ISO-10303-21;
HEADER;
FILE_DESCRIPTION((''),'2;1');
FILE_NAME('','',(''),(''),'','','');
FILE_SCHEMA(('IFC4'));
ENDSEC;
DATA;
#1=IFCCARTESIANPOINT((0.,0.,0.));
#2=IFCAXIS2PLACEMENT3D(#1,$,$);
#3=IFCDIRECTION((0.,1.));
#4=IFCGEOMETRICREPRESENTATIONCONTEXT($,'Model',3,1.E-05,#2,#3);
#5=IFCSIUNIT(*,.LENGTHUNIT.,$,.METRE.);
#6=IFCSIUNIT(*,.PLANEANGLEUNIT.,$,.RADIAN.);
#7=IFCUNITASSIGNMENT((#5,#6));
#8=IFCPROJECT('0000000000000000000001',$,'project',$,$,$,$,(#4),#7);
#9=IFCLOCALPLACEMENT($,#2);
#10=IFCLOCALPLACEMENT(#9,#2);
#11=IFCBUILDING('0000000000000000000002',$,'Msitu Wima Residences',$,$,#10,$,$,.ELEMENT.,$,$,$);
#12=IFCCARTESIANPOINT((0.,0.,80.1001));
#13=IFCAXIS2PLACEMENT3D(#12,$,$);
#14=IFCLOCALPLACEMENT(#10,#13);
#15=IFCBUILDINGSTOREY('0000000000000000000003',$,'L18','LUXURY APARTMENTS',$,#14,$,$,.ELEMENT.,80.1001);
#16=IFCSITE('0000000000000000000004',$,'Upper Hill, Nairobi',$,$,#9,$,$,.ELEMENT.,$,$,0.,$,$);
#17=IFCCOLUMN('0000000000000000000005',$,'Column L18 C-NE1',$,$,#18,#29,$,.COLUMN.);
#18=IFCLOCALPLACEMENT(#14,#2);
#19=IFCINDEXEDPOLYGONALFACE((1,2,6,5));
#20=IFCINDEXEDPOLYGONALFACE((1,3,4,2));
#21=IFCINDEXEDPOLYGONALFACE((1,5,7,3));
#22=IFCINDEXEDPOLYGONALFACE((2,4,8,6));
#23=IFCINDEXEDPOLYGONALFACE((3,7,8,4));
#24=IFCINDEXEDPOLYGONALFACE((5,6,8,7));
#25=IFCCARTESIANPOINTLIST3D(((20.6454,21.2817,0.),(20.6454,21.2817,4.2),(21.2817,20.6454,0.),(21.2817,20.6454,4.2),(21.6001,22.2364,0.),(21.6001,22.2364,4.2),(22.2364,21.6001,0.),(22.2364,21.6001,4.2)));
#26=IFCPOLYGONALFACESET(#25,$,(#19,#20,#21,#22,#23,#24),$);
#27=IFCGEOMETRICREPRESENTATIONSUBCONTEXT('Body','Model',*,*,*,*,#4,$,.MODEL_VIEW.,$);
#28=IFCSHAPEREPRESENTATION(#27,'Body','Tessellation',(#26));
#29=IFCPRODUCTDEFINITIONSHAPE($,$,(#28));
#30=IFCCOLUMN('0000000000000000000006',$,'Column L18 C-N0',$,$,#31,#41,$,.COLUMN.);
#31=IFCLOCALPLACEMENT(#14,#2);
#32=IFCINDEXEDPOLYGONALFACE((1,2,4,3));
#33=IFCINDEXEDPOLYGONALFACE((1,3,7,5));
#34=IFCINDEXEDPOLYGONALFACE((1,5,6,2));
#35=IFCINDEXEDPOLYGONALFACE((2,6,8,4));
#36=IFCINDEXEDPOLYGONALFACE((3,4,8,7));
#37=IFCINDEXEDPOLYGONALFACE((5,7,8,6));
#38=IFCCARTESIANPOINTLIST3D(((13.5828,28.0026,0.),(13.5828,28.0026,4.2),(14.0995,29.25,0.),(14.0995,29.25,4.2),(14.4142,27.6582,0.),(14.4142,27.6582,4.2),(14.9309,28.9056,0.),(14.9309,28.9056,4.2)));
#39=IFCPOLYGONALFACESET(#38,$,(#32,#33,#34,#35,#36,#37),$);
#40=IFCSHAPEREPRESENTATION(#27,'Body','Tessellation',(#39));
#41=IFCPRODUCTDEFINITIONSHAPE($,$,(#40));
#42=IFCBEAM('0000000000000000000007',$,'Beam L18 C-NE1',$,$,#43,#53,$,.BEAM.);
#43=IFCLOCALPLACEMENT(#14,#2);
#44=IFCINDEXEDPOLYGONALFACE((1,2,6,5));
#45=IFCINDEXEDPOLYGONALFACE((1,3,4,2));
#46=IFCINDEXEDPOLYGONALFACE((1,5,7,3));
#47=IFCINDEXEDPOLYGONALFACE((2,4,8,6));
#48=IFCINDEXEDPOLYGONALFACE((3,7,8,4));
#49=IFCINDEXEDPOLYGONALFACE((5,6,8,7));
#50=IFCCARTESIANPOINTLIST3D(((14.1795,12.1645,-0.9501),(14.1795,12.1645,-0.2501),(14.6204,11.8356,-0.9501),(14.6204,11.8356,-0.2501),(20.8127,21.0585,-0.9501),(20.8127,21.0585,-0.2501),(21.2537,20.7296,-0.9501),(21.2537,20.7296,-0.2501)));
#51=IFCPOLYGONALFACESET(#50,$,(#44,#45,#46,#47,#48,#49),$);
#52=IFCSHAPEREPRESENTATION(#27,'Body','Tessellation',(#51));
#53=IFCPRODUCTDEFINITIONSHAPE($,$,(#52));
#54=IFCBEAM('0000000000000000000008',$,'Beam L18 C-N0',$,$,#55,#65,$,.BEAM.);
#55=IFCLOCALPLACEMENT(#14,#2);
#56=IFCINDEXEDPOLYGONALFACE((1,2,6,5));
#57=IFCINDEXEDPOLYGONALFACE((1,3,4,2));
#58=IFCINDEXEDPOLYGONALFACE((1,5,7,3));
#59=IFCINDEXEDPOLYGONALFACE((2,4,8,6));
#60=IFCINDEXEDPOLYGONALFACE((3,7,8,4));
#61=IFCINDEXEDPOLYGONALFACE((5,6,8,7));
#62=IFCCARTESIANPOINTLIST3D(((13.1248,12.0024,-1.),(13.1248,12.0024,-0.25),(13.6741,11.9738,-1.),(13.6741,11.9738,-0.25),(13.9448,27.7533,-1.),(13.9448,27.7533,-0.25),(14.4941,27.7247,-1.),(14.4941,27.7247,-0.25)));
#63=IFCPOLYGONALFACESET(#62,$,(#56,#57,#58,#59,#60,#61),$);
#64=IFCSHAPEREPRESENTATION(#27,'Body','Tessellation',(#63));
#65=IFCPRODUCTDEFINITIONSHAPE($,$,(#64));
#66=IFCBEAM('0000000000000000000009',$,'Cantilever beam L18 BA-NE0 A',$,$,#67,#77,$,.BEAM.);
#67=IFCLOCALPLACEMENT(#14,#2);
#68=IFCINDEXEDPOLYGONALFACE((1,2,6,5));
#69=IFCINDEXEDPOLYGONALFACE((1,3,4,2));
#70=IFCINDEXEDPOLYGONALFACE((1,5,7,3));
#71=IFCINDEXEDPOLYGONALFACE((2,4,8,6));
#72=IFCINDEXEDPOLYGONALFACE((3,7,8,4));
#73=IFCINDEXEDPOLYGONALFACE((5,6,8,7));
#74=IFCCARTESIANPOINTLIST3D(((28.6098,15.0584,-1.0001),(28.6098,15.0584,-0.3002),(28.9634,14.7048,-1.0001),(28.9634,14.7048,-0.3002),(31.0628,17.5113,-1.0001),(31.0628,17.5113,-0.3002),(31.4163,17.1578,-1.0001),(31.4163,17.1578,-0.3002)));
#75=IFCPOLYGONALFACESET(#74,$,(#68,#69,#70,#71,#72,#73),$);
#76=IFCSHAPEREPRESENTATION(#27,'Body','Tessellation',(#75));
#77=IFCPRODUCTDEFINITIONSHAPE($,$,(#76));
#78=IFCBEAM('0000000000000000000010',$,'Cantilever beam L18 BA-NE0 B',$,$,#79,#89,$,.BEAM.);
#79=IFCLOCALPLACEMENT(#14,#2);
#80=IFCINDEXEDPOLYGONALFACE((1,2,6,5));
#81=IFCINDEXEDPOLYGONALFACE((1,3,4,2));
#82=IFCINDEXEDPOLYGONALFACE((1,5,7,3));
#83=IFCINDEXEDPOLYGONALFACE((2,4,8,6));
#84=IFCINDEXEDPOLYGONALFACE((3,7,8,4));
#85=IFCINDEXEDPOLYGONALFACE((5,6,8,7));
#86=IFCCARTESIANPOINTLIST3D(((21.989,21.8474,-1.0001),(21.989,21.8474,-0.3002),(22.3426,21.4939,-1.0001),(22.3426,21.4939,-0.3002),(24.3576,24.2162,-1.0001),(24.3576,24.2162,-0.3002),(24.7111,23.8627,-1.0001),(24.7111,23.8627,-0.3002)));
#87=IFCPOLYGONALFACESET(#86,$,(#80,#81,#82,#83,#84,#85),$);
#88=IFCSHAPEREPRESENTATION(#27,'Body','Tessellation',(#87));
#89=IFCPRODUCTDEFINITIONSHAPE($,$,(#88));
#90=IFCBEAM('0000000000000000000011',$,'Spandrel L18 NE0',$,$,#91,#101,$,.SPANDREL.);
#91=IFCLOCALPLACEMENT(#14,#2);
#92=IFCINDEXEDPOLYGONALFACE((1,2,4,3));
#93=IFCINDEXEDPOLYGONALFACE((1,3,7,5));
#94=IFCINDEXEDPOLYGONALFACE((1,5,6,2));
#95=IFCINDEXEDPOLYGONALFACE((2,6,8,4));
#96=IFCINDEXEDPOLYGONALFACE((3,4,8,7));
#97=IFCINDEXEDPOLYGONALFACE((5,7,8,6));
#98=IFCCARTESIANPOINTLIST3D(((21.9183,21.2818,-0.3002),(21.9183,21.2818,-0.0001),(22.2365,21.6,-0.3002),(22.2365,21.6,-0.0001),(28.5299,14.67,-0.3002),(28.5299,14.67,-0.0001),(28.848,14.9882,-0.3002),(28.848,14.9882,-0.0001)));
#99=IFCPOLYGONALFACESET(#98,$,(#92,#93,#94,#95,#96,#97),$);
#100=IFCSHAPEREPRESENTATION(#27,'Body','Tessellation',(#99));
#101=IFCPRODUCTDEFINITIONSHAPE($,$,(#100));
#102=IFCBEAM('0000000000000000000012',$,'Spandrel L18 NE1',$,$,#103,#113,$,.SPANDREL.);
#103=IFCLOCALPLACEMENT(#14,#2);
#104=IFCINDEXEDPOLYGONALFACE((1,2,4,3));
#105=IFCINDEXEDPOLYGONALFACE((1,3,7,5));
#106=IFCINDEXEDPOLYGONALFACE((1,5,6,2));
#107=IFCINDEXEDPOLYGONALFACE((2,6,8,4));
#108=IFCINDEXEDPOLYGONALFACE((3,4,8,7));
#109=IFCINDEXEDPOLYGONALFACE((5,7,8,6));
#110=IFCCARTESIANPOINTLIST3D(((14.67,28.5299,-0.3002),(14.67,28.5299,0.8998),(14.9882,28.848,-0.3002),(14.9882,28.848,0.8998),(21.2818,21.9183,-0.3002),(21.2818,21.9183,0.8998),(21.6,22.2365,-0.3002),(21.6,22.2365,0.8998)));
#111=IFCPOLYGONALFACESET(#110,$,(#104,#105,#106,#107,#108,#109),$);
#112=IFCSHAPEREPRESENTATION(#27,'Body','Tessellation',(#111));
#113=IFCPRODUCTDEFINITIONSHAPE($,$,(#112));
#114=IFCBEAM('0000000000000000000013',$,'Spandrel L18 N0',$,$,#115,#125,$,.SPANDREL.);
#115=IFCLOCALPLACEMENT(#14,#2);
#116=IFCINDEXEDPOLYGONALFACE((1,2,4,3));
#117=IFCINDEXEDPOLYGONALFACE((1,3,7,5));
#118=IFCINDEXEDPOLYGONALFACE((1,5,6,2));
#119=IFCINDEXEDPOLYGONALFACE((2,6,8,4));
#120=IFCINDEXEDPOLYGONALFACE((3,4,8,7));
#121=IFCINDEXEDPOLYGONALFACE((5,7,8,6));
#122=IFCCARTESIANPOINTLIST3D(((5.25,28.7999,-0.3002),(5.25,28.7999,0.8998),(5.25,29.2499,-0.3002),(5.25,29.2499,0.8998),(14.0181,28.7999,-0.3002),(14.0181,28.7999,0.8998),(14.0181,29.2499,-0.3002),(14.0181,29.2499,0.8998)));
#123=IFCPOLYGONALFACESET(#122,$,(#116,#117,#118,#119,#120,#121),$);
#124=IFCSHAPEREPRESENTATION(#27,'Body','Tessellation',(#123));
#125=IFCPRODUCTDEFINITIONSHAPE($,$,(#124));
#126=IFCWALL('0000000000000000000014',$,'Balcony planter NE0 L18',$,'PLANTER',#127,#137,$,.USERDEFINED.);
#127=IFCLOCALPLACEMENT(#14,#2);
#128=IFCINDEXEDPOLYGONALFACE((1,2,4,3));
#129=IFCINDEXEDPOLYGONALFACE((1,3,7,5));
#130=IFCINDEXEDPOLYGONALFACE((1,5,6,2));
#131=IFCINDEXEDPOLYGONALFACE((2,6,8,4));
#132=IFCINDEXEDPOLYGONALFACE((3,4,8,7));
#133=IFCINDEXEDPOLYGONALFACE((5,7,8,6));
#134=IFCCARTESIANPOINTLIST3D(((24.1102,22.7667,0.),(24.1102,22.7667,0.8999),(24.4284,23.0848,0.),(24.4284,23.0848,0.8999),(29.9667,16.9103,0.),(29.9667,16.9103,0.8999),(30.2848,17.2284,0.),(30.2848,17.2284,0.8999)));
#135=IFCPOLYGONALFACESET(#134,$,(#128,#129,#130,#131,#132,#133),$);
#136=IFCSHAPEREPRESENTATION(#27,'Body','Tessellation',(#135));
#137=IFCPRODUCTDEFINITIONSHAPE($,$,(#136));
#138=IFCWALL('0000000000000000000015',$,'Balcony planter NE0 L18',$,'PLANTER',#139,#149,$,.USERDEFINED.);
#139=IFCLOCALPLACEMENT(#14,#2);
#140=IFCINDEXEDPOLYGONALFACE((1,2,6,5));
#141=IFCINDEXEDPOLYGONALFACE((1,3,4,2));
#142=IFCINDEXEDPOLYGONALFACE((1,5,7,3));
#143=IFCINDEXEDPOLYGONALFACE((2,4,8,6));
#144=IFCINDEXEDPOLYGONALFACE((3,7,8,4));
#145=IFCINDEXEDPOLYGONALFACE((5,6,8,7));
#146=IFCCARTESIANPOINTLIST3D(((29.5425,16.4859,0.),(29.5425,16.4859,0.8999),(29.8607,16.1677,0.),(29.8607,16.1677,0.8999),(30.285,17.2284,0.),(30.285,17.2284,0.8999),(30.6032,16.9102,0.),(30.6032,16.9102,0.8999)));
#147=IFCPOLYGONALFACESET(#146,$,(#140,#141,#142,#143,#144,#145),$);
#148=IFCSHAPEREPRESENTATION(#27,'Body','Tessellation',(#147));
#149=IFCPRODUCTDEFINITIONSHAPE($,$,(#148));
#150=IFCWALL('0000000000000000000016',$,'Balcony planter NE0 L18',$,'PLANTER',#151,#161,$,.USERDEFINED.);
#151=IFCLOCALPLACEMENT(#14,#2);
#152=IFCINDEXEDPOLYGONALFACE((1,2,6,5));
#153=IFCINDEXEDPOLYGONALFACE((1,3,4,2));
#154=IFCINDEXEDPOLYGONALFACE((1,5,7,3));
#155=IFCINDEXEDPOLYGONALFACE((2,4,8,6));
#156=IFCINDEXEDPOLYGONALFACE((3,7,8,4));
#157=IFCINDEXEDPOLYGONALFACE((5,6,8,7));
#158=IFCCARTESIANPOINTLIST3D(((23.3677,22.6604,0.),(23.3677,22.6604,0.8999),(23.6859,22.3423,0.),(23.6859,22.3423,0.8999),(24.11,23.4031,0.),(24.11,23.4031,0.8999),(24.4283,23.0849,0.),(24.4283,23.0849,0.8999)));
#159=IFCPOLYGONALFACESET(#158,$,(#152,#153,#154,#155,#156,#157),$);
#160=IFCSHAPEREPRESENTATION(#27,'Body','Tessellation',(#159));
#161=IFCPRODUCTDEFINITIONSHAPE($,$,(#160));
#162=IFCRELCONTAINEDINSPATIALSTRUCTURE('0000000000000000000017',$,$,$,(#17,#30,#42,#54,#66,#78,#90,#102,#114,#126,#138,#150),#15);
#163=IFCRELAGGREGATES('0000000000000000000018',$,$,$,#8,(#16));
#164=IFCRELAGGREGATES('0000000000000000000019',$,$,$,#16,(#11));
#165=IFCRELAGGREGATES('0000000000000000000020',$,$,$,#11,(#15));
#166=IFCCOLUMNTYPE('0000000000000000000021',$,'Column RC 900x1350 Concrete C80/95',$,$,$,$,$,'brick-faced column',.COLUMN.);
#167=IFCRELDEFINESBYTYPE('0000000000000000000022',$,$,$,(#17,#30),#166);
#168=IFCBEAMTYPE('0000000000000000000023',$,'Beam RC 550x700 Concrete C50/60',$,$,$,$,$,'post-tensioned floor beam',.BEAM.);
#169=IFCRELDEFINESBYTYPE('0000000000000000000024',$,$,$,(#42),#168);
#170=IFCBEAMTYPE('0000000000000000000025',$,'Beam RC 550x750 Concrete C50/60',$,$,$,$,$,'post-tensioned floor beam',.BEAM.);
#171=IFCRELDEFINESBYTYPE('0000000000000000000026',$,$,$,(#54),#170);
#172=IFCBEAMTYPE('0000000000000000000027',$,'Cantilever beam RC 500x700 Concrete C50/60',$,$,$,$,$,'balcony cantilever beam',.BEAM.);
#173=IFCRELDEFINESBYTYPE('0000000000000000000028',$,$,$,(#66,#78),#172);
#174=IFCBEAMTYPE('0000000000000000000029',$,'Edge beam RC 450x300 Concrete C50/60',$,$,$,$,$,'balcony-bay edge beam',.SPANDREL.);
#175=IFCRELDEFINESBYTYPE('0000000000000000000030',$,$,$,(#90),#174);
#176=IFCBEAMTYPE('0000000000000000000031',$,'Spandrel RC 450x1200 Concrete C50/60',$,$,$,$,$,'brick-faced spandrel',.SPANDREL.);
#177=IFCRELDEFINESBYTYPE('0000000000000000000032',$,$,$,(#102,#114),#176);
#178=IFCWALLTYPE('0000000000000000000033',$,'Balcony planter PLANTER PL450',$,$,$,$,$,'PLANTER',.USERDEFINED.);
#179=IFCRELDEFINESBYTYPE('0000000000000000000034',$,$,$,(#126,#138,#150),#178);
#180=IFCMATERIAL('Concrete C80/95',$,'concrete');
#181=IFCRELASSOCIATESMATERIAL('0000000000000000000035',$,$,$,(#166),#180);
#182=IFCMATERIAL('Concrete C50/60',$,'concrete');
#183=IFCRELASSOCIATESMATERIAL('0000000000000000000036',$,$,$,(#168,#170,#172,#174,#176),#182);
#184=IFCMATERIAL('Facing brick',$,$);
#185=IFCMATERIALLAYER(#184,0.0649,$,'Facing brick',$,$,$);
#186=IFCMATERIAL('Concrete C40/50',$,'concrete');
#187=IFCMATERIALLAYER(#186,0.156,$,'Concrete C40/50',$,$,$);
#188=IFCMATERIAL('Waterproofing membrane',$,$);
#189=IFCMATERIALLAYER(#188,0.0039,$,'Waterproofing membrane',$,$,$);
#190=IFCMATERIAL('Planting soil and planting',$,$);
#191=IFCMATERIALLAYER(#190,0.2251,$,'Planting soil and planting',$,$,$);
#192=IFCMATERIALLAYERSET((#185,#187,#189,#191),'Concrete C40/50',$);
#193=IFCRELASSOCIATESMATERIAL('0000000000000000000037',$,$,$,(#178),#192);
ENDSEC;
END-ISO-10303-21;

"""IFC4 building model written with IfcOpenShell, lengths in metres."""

from ifc_helpers import new_model, si_unit, direction, frame, frame_2d, origin, origin_2d, place, context, subcontext, project, spatial, rectangle, extrude, material, layer, layer_set, material_profile, profile_set, type_object, element, save


model = new_model("IFC4")

# Units and contexts
model_context = context("Model", 3, precision=1e-05, world=origin(), true_north=direction((0.0, 1.0)))
body_context = subcontext(model_context, "Body", "Model", "MODEL_VIEW")
ifc_project = project(units=[si_unit("LENGTHUNIT", "METRE"), si_unit("PLANEANGLEUNIT", "RADIAN")], contexts=[model_context])

# Site, building, storey
site_placement = place(None, origin())
site = spatial("IfcSite", under=ifc_project, at=site_placement, Name="Upper Hill, Nairobi", CompositionType="ELEMENT", RefElevation=0.0)
building_placement = place(site_placement, origin())
building = spatial("IfcBuilding", under=site, at=building_placement, Name="Msitu Wima Residences", CompositionType="ELEMENT")
storey_placement = place(building_placement, frame((0.0, 0.0, 80.1001)))
storey = spatial("IfcBuildingStorey", under=building, at=storey_placement, Name="L18", Description="LUXURY APARTMENTS", CompositionType="ELEMENT", Elevation=80.1001)

# Columns
ifc_material_1 = material(Name="Concrete C80/95", Category="concrete")
ifc_material_profile_1 = material_profile(ifc_material_1, rectangle(XDim=0.8999, YDim=1.3501, at=origin_2d()), Name="RC 900x1350")
ifc_profile_set_1 = profile_set([ifc_material_profile_1], Name="Concrete C80/95")
column_type = type_object("IfcColumnType", Name="Column RC 900x1350 Concrete C80/95", ElementType="brick-faced column", PredefinedType="COLUMN", material=ifc_profile_set_1)
for number, where, z_axis, x_axis, name in (
    (1, (21.4409, 21.4409, 0.0), (0.0, 0.0, 1.0), (-0.707107, 0.707107, 0.0), "Column L18 C-NE1"),
    (2, (14.2568, 28.4541, 0.0), (0.0, 0.0, 1.0), (-0.92388, 0.382683, 0.0), "Column L18 C-N0"),
):
    element("IfcColumn", number, at=place(storey_placement, frame(where, z_axis=z_axis, x_axis=x_axis)), inside=storey, type_object=column_type, Name=name, PredefinedType="COLUMN", context=body_context, shape_type="SweptSolid", body=[
        extrude(rectangle(XDim=0.8999, YDim=1.3501, at=origin_2d()), origin(), (0.0, 0.0, 1.0), 4.2),
    ])

# Beams
ifc_material_2 = material(Name="Concrete C50/60", Category="concrete")
ifc_material_profile_2 = material_profile(ifc_material_2, rectangle(XDim=0.55, YDim=0.7, at=origin_2d()), Name="RC 550x700")
ifc_profile_set_2 = profile_set([ifc_material_profile_2], Name="Concrete C50/60")
beam_type_1 = type_object("IfcBeamType", Name="Beam RC 550x700 Concrete C50/60", ElementType="post-tensioned floor beam", PredefinedType="BEAM", material=ifc_profile_set_2)
beam_1_placement = place(storey_placement, frame((21.0332, 20.894, -0.6001), z_axis=(-0.59785, -0.801608, 0.0), x_axis=(0.801608, -0.59785, 0.0)))
element("IfcBeam", 3, at=beam_1_placement, inside=storey, type_object=beam_type_1, Name="Beam L18 C-NE1", PredefinedType="BEAM", context=body_context, shape_type="SweptSolid", body=[
    extrude(rectangle(XDim=0.55, YDim=0.7, at=origin_2d()), origin(), (0.0, 0.0, 1.0), 11.0952),
])
ifc_material_profile_3 = material_profile(ifc_material_2, rectangle(XDim=0.55, YDim=0.75, at=origin_2d()), Name="RC 550x750")
ifc_profile_set_3 = profile_set([ifc_material_profile_3], Name="Concrete C50/60")
beam_type_2 = type_object("IfcBeamType", Name="Beam RC 550x750 Concrete C50/60", ElementType="post-tensioned floor beam", PredefinedType="BEAM", material=ifc_profile_set_3)
beam_2_placement = place(storey_placement, frame((14.2195, 27.739, -0.625), z_axis=(-0.051994, -0.998647, 0.0), x_axis=(0.998647, -0.051994, 0.0)))
element("IfcBeam", 4, at=beam_2_placement, inside=storey, type_object=beam_type_2, Name="Beam L18 C-N0", PredefinedType="BEAM", context=body_context, shape_type="SweptSolid", body=[
    extrude(rectangle(XDim=0.55, YDim=0.75, at=origin_2d()), origin(), (0.0, 0.0, 1.0), 15.7722),
])
ifc_material_profile_4 = material_profile(ifc_material_2, rectangle(XDim=0.5, YDim=0.7, at=origin_2d()), Name="RC 500x700")
ifc_profile_set_4 = profile_set([ifc_material_profile_4], Name="Concrete C50/60")
beam_type_3 = type_object("IfcBeamType", Name="Cantilever beam RC 500x700 Concrete C50/60", ElementType="balcony cantilever beam", PredefinedType="BEAM", material=ifc_profile_set_4)
beam_3_placement = place(storey_placement, frame((28.7866, 14.8816, -0.6501), z_axis=(0.707107, 0.707107, 0.0), x_axis=(-0.707107, 0.707107, 0.0)))
element("IfcBeam", 5, at=beam_3_placement, inside=storey, type_object=beam_type_3, Name="Cantilever beam L18 BA-NE0 A", PredefinedType="BEAM", context=body_context, shape_type="SweptSolid", body=[
    extrude(rectangle(XDim=0.5, YDim=0.7, at=origin_2d()), origin(), (0.0, 0.0, 1.0), 3.469),
])
beam_4_placement = place(storey_placement, frame((22.1658, 21.6707, -0.6501), z_axis=(0.70707, 0.707143, 0.0), x_axis=(-0.707143, 0.70707, 0.0)))
element("IfcBeam", 6, at=beam_4_placement, inside=storey, type_object=beam_type_3, Name="Cantilever beam L18 BA-NE0 B", PredefinedType="BEAM", context=body_context, shape_type="SweptSolid", body=[
    extrude(rectangle(XDim=0.5, YDim=0.7, at=origin_2d()), origin(), (0.0, 0.0, 1.0), 3.3499),
])
ifc_material_profile_5 = material_profile(ifc_material_2, rectangle(XDim=0.45, YDim=0.3, at=origin_2d()), Name="RC 450x300")
ifc_profile_set_5 = profile_set([ifc_material_profile_5], Name="Concrete C50/60")
beam_type_4 = type_object("IfcBeamType", Name="Edge beam RC 450x300 Concrete C50/60", ElementType="balcony-bay edge beam", PredefinedType="SPANDREL", material=ifc_profile_set_5)
beam_5_placement = place(storey_placement, frame((28.689, 14.8291, -0.1501), z_axis=(-0.707094, 0.70712, 0.0), x_axis=(-0.70712, -0.707094, 0.0)))
element("IfcBeam", 7, at=beam_5_placement, inside=storey, type_object=beam_type_4, Name="Spandrel L18 NE0", PredefinedType="SPANDREL", context=body_context, shape_type="SweptSolid", body=[
    extrude(rectangle(XDim=0.45, YDim=0.3, at=origin_2d()), origin(), (0.0, 0.0, 1.0), 9.3503),
])
ifc_material_profile_6 = material_profile(ifc_material_2, rectangle(XDim=0.45, YDim=1.2, at=origin_2d()), Name="RC 450x1200")
ifc_profile_set_6 = profile_set([ifc_material_profile_6], Name="Concrete C50/60")
beam_type_5 = type_object("IfcBeamType", Name="Spandrel RC 450x1200 Concrete C50/60", ElementType="brick-faced spandrel", PredefinedType="SPANDREL", material=ifc_profile_set_6)
beam_6_placement = place(storey_placement, frame((21.4409, 22.0774, 0.2998), z_axis=(-0.70712, 0.707094, 0.0), x_axis=(-0.707094, -0.70712, 0.0)))
element("IfcBeam", 8, at=beam_6_placement, inside=storey, type_object=beam_type_5, Name="Spandrel L18 NE1", PredefinedType="SPANDREL", context=body_context, shape_type="SweptSolid", body=[
    extrude(rectangle(XDim=0.45, YDim=1.2, at=origin_2d()), origin(), (0.0, 0.0, 1.0), 9.3503),
])
beam_7_placement = place(storey_placement, frame((14.0181, 29.0249, 0.2998), z_axis=(-1.0, 0.0, 0.0), x_axis=(0.0, -1.0, 0.0)))
element("IfcBeam", 9, at=beam_7_placement, inside=storey, type_object=beam_type_5, Name="Spandrel L18 N0", PredefinedType="SPANDREL", context=body_context, shape_type="SweptSolid", body=[
    extrude(rectangle(XDim=0.45, YDim=1.2, at=origin_2d()), origin(), (0.0, 0.0, 1.0), 8.7681),
])

# Walls
ifc_material_3 = material(Name="Facing brick")
ifc_layer_1 = layer(ifc_material_3, 0.0649, Name="Facing brick")
ifc_material_4 = material(Name="Concrete C40/50", Category="concrete")
ifc_layer_2 = layer(ifc_material_4, 0.156, Name="Concrete C40/50")
ifc_material_5 = material(Name="Waterproofing membrane")
ifc_layer_3 = layer(ifc_material_5, 0.0039, Name="Waterproofing membrane")
ifc_material_6 = material(Name="Planting soil and planting")
ifc_layer_4 = layer(ifc_material_6, 0.2251, Name="Planting soil and planting")
ifc_layer_set_1 = layer_set([ifc_layer_1, ifc_layer_2, ifc_layer_3, ifc_layer_4], Name="Concrete C40/50")
wall_type_1 = type_object("IfcWallType", Name="Balcony planter PLANTER PL450", ElementType="PLANTER", PredefinedType="USERDEFINED", material=ifc_layer_set_1)
wall_1_placement = place(storey_placement, frame((30.1257, 17.0693, 0.0), z_axis=(0.0, 0.0, 1.0), x_axis=(-0.707107, 0.707107, 0.0)))
element("IfcWall", 10, at=wall_1_placement, inside=storey, type_object=wall_type_1, Name="Balcony planter NE0 L18", ObjectType="PLANTER", PredefinedType="USERDEFINED", context=body_context, shape_type="SweptSolid", body=[
    extrude(rectangle(XDim=8.2822, YDim=0.45, at=frame_2d((4.1411, 0.0))), origin(), (0.0, 0.0, 1.0), 0.8999),
])
for number, where, z_axis, x_axis, name in (
    (11, (29.7017, 16.3269, 0.0), (0.0, 0.0, 1.0), (0.707107, 0.707107, 0.0), "Balcony planter NE0 L18"),
    (12, (23.5269, 22.5015, 0.0), (0.0, 0.0, 1.0), (0.706991, 0.707223, 0.0), "Balcony planter NE0 L18"),
):
    element("IfcWall", number, at=place(storey_placement, frame(where, z_axis=z_axis, x_axis=x_axis)), inside=storey, type_object=wall_type_1, Name=name, ObjectType="PLANTER", PredefinedType="USERDEFINED", context=body_context, shape_type="SweptSolid", body=[
        extrude(rectangle(XDim=1.05, YDim=0.45, at=frame_2d((0.5249, 0.0))), origin(), (0.0, 0.0, 1.0), 0.8999),
    ])

save(model, "model.ifc")
